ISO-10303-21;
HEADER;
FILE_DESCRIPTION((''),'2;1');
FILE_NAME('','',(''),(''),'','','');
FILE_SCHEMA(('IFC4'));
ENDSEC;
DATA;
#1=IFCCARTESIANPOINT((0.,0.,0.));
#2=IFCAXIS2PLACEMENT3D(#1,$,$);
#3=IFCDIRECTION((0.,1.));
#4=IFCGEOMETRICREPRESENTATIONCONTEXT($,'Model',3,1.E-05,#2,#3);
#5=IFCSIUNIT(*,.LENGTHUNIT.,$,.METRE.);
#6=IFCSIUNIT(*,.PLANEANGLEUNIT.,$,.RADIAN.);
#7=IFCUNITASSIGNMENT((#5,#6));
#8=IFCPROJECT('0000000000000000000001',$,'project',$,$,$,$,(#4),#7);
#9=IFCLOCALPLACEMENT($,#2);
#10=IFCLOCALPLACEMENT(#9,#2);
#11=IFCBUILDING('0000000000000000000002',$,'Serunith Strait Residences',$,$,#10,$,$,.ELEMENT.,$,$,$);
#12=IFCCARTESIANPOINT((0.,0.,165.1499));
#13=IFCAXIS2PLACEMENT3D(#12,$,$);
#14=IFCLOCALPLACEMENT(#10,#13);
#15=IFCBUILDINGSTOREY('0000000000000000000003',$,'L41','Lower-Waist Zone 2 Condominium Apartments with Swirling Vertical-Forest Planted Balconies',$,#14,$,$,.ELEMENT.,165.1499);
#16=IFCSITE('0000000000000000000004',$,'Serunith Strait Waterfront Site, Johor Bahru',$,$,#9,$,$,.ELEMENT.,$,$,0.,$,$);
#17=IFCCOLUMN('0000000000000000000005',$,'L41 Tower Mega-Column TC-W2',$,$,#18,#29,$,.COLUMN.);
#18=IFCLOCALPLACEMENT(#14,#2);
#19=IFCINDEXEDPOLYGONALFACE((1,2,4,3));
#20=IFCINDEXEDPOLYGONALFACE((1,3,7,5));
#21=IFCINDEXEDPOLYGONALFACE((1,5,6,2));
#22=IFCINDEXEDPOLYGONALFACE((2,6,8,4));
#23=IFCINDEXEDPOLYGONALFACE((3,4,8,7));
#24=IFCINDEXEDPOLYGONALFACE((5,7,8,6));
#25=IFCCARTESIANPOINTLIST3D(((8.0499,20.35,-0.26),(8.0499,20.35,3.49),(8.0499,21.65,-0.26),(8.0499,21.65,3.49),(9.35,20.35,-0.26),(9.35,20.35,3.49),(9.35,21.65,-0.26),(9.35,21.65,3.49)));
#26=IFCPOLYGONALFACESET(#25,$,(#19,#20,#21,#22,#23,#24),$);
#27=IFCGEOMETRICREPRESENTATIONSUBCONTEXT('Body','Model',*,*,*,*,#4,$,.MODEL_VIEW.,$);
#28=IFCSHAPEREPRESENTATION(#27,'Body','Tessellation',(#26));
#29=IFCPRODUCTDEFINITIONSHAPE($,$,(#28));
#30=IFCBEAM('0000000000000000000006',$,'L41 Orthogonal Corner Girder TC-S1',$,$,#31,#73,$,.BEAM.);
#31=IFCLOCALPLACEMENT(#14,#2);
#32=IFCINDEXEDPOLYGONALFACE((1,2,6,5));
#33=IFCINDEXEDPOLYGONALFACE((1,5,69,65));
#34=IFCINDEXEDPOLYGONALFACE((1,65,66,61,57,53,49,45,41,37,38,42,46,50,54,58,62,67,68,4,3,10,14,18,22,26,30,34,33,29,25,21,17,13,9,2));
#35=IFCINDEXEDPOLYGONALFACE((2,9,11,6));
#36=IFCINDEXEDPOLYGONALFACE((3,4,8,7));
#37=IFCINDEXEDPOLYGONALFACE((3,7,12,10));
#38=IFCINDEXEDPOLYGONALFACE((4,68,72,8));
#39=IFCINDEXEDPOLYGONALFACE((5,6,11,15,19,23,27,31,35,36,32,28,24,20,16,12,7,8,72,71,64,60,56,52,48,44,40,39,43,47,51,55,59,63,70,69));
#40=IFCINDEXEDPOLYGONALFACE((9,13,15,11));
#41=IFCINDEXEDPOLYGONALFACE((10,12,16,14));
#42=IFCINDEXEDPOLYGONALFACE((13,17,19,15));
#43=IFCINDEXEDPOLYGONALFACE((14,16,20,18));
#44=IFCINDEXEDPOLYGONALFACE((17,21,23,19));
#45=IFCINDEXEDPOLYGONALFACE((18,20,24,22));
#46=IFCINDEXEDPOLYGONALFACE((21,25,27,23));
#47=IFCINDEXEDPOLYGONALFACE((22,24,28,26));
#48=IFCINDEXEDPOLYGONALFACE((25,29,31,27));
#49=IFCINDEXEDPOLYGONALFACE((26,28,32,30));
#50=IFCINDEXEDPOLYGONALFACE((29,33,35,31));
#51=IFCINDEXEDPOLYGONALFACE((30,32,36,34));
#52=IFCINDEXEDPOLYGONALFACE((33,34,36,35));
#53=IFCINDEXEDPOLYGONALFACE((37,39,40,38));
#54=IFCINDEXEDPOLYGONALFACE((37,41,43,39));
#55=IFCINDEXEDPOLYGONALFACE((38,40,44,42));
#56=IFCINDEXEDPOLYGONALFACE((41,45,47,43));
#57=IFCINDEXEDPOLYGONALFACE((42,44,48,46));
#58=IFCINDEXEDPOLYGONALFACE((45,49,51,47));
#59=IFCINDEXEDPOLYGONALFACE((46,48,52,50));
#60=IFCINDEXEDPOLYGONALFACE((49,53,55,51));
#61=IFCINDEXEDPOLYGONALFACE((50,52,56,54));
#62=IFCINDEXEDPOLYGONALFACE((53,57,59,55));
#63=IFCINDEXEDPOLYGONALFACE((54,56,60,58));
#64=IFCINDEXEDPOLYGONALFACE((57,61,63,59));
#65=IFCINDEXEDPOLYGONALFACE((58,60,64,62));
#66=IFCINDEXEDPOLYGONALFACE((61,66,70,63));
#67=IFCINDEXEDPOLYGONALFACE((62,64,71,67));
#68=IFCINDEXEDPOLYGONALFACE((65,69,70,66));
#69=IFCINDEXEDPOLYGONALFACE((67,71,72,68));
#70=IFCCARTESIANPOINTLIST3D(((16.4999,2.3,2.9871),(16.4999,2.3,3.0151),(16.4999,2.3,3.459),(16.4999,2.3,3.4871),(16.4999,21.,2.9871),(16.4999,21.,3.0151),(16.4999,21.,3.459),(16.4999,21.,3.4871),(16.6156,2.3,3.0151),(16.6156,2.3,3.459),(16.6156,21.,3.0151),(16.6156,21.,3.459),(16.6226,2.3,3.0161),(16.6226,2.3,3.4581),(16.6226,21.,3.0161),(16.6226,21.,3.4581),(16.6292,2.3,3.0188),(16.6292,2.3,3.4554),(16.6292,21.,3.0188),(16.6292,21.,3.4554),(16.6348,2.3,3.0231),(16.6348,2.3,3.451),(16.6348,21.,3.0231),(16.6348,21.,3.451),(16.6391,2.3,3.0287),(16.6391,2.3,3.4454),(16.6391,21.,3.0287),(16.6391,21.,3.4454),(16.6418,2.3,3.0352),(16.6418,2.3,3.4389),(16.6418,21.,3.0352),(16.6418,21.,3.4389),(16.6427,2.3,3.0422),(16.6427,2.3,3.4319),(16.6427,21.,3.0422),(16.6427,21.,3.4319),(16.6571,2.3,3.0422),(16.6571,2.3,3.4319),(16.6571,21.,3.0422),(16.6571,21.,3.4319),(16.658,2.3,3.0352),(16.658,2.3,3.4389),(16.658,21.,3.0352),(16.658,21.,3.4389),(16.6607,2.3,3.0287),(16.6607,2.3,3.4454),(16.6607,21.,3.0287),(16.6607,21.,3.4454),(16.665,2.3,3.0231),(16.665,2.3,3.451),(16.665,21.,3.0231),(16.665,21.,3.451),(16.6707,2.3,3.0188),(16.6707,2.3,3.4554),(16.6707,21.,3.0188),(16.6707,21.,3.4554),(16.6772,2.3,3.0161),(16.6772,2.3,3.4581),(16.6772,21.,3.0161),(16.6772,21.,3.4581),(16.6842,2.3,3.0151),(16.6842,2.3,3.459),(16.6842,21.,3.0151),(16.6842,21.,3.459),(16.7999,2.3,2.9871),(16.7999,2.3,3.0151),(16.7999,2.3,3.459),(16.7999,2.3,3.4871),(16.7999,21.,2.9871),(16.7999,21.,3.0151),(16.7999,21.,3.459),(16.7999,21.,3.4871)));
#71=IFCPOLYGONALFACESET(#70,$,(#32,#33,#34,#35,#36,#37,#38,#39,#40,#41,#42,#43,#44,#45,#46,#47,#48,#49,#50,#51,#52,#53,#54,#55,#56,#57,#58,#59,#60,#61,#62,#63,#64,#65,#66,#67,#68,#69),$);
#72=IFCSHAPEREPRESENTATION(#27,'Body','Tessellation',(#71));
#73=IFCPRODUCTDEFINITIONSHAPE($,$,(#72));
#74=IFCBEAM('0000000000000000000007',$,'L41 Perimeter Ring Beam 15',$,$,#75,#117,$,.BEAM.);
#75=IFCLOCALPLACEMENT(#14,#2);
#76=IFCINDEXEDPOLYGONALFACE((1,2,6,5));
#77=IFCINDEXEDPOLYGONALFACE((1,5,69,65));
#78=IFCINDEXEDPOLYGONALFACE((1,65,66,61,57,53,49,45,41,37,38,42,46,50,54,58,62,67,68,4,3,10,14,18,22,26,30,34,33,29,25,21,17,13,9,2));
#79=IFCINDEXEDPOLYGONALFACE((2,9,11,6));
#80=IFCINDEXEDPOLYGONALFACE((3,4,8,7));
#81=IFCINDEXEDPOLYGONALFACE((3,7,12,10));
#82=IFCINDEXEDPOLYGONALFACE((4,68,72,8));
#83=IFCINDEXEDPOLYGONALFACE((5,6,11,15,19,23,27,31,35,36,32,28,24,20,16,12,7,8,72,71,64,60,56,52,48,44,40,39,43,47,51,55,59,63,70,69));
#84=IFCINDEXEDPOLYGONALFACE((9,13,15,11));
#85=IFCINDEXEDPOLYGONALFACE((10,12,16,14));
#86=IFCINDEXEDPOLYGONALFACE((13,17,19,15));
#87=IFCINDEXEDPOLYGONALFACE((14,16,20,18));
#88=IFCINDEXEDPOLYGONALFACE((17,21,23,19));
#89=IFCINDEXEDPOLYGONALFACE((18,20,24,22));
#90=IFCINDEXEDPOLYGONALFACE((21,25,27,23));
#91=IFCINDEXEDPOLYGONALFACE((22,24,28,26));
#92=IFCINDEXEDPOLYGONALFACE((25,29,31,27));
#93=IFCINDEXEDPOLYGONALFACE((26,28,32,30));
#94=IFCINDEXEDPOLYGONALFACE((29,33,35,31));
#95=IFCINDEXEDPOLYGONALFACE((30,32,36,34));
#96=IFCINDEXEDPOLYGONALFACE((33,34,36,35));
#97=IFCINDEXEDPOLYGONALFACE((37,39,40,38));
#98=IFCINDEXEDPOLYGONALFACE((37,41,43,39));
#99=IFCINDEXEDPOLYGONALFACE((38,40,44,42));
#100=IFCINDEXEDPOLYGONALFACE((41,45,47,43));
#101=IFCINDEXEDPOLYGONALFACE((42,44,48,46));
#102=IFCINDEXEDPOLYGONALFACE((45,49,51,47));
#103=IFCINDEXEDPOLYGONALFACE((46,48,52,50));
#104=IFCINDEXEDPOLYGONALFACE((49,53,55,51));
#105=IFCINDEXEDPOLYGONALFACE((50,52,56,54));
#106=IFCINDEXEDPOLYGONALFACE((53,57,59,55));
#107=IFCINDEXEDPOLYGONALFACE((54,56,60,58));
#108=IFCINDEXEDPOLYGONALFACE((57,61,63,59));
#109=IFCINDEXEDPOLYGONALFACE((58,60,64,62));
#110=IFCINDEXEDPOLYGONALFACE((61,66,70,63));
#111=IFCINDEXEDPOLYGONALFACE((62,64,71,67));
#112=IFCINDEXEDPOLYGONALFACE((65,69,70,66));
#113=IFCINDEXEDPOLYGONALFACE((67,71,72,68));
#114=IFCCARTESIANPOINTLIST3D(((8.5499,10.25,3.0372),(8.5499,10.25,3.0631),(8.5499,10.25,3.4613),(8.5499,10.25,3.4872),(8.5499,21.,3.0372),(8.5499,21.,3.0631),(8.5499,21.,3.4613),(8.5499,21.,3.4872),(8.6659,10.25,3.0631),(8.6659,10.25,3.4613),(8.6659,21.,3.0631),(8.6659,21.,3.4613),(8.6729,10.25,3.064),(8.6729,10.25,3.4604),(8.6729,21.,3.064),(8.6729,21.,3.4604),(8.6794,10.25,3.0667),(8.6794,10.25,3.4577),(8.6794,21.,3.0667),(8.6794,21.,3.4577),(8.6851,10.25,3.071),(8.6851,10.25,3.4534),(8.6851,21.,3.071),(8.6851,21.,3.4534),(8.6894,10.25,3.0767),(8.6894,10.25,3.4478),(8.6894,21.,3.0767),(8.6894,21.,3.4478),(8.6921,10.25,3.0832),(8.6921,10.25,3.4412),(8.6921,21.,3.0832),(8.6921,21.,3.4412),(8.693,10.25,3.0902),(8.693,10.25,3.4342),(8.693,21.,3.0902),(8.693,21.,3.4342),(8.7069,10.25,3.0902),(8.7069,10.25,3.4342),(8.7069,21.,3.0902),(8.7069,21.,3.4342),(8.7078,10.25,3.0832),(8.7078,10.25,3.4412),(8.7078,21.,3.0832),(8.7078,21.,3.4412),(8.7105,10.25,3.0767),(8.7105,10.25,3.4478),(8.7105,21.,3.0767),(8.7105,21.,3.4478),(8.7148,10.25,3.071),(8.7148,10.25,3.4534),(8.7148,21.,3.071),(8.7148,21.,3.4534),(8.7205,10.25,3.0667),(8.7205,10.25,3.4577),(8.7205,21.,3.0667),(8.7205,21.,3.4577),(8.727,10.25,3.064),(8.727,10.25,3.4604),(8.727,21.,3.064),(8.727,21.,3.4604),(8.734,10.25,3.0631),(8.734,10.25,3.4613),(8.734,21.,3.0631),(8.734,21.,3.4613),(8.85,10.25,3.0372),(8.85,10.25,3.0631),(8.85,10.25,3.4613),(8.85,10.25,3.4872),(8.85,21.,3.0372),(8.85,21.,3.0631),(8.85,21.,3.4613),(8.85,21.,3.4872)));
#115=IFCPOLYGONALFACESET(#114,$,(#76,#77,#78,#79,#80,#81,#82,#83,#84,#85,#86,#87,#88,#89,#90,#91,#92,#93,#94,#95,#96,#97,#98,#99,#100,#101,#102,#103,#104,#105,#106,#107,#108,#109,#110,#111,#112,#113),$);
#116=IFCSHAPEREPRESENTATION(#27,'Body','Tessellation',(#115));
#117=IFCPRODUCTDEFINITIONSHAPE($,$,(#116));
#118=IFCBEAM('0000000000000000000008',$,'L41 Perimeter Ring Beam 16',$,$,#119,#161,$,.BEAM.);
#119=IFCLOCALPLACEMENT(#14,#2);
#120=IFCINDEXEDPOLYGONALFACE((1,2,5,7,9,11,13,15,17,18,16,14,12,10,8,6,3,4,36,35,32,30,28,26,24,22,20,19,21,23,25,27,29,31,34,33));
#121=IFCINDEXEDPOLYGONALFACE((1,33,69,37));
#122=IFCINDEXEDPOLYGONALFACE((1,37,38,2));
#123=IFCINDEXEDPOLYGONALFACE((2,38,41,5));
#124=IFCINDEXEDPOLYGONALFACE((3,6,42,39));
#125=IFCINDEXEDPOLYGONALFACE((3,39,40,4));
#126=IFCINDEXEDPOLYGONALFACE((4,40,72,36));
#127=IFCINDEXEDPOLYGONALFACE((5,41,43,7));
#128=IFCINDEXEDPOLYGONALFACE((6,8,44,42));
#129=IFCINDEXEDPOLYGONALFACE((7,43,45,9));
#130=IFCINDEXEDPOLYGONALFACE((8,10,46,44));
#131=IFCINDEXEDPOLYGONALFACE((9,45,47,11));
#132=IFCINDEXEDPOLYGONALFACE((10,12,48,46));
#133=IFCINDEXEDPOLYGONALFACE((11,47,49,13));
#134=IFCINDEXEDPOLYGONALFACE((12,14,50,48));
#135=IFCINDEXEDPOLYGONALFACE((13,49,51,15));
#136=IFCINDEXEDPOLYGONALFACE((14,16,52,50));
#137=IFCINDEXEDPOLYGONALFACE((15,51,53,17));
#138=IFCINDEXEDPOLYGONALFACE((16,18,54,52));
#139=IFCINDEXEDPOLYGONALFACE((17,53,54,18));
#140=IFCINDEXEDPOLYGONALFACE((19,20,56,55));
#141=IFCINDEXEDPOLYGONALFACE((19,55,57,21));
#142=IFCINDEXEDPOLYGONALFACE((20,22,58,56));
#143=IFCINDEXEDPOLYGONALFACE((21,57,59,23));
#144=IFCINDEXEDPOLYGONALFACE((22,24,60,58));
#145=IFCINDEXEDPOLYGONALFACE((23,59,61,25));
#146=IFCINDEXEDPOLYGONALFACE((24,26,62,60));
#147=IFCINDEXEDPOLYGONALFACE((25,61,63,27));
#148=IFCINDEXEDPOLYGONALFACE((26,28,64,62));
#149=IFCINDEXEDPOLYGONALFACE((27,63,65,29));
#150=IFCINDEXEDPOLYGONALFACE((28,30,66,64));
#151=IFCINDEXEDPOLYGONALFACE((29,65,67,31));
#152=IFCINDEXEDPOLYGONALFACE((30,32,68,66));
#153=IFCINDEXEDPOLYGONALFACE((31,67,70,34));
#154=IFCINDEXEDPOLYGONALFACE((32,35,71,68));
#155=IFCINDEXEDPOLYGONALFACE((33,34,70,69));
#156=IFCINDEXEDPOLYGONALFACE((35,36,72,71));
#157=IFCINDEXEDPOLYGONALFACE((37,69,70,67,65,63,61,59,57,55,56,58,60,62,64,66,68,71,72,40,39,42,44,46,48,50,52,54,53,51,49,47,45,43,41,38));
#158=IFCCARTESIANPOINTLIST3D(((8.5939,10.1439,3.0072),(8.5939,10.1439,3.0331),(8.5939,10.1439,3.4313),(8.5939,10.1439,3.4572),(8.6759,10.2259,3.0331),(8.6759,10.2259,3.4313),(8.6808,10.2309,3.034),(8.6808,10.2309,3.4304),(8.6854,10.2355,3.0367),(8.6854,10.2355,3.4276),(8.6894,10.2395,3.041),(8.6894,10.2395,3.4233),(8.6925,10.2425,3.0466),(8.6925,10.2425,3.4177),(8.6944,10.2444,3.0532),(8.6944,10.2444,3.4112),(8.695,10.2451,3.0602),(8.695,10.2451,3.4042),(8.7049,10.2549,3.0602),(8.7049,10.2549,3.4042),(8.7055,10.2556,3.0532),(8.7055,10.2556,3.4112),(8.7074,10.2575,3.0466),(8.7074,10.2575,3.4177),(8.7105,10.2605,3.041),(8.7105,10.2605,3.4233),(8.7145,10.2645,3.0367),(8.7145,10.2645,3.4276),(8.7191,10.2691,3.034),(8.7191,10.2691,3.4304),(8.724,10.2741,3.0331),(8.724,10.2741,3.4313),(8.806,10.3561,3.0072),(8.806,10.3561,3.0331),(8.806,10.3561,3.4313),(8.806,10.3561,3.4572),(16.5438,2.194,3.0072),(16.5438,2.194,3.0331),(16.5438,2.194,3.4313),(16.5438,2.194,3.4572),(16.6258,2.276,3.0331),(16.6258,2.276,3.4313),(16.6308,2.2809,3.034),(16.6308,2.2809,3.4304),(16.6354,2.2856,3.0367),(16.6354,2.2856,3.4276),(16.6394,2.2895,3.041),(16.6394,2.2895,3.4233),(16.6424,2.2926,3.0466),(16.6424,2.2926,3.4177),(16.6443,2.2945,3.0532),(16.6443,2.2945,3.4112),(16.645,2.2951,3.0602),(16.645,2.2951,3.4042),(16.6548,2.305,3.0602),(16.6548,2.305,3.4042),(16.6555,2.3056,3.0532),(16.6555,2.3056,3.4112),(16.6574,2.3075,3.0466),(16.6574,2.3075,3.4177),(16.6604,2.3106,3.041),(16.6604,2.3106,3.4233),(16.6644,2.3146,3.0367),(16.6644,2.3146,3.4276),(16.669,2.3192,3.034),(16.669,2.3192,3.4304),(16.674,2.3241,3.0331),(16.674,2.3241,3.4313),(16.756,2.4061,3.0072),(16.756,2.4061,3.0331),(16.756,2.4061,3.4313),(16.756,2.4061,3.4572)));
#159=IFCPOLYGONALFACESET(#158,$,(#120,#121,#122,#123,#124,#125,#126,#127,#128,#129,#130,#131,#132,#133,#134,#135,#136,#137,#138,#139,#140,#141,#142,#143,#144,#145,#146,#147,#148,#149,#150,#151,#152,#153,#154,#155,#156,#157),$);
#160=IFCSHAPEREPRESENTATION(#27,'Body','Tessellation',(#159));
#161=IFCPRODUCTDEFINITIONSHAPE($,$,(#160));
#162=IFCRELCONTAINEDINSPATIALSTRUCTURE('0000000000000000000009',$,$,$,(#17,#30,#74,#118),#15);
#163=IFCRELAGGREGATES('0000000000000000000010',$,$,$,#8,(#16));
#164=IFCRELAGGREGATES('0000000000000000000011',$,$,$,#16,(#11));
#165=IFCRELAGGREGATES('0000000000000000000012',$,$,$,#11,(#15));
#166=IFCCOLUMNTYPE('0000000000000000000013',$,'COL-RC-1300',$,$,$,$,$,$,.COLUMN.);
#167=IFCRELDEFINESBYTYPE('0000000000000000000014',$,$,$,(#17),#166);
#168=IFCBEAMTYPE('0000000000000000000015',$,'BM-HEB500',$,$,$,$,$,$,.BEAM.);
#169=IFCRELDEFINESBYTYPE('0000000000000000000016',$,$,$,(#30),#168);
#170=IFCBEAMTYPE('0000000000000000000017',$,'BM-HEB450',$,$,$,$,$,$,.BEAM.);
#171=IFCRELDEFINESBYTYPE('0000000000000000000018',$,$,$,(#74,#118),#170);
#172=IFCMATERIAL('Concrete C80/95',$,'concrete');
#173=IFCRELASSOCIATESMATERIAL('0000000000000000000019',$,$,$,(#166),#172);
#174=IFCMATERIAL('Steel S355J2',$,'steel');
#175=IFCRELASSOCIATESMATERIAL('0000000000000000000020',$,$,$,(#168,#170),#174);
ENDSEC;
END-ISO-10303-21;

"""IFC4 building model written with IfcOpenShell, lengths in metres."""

from ifc_helpers import new_model, si_unit, direction, frame, origin, origin_2d, place, context, subcontext, project, spatial, rectangle, i_section, extrude, source, transform, mapped, material, material_profile, profile_set, type_object, element, save


model = new_model("IFC4")

# Units and contexts
model_context = context("Model", 3, precision=1e-05, world=origin(), true_north=direction((0.0, 1.0)))
body_context = subcontext(model_context, "Body", "Model", "MODEL_VIEW")
ifc_project = project(units=[si_unit("LENGTHUNIT", "METRE"), si_unit("PLANEANGLEUNIT", "RADIAN")], contexts=[model_context])

# Site, building, storey
site_placement = place(None, origin())
site = spatial("IfcSite", under=ifc_project, at=site_placement, Name="Serunith Strait Waterfront Site, Johor Bahru", CompositionType="ELEMENT", RefElevation=0.0)
building_placement = place(site_placement, origin())
building = spatial("IfcBuilding", under=site, at=building_placement, Name="Serunith Strait Residences", CompositionType="ELEMENT")
storey_placement = place(building_placement, frame((0.0, 0.0, 165.1499)))
storey = spatial("IfcBuildingStorey", under=building, at=storey_placement, Name="L41", Description="Lower-Waist Zone 2 Condominium Apartments with Swirling Vertical-Forest Planted Balconies", CompositionType="ELEMENT", Elevation=165.1499)

# Column
ifc_material_1 = material(Name="Concrete C80/95", Category="concrete")
ifc_material_profile_1 = material_profile(ifc_material_1, rectangle(XDim=1.3, YDim=1.3, at=origin_2d()), Name="RC 1300x1300")
ifc_profile_set_1 = profile_set([ifc_material_profile_1], Name="Concrete C80/95")
column_type = type_object("IfcColumnType", Name="COL-RC-1300", PredefinedType="COLUMN", material=ifc_profile_set_1)
shared_shape_1 = source(origin(), body_context, "Body", "SweptSolid", [
    extrude(rectangle(XDim=1.3, YDim=1.3, at=origin_2d()), origin(), (0.0, 0.0, 1.0), 3.75),
])
column_placement = place(storey_placement, frame((8.7, 21.0, -0.26), z_axis=(0.0, 0.0, 1.0), x_axis=(1.0, 0.0, 0.0)))
element("IfcColumn", 1, at=column_placement, inside=storey, type_object=column_type, Name="L41 Tower Mega-Column TC-W2", PredefinedType="COLUMN", context=body_context, shape_type="MappedRepresentation", body=[
    mapped(shared_shape_1, transform((0.0, 0.0, 0.0), scale=1.0)),
])

# Beams
ifc_material_2 = material(Name="Steel S355J2", Category="steel")
ifc_material_profile_2 = material_profile(ifc_material_2, i_section(OverallWidth=0.3, OverallDepth=0.5, WebThickness=0.0144, FlangeThickness=0.0281, FilletRadius=0.0271, at=origin_2d()), Name="HEB 500")
ifc_profile_set_2 = profile_set([ifc_material_profile_2], Name="Steel S355J2")
beam_type_1 = type_object("IfcBeamType", Name="BM-HEB500", PredefinedType="BEAM", material=ifc_profile_set_2)
shared_shape_2 = source(origin(), body_context, "Body", "SweptSolid", [
    extrude(i_section(OverallWidth=0.3, OverallDepth=0.5, WebThickness=0.0144, FlangeThickness=0.0281, FilletRadius=0.0271, at=origin_2d()), origin(), (0.0, 0.0, 1.0), 18.7),
])
beam_1_placement = place(storey_placement, frame((16.6499, 21.0, 3.2371), z_axis=(0.0, -1.0, 0.0), x_axis=(1.0, 0.0, 0.0)))
element("IfcBeam", 2, at=beam_1_placement, inside=storey, type_object=beam_type_1, Name="L41 Orthogonal Corner Girder TC-S1", PredefinedType="BEAM", context=body_context, shape_type="MappedRepresentation", body=[
    mapped(shared_shape_2, transform((0.0, 0.0, 0.0), scale=1.0)),
])
ifc_material_profile_3 = material_profile(ifc_material_2, i_section(OverallWidth=0.3, OverallDepth=0.45, WebThickness=0.0139, FlangeThickness=0.0259, FilletRadius=0.0271, at=origin_2d()), Name="HEB 450")
ifc_profile_set_3 = profile_set([ifc_material_profile_3], Name="Steel S355J2")
beam_type_2 = type_object("IfcBeamType", Name="BM-HEB450", PredefinedType="BEAM", material=ifc_profile_set_3)
shared_shape_3 = source(origin(), body_context, "Body", "SweptSolid", [
    extrude(i_section(OverallWidth=0.3, OverallDepth=0.45, WebThickness=0.0139, FlangeThickness=0.0259, FilletRadius=0.0271, at=origin_2d()), origin(), (0.0, 0.0, 1.0), 10.75),
])
beam_2_placement = place(storey_placement, frame((8.7, 21.0, 3.2622), z_axis=(0.0, -1.0, 0.0), x_axis=(1.0, 0.0, 0.0)))
element("IfcBeam", 3, at=beam_2_placement, inside=storey, type_object=beam_type_2, Name="L41 Perimeter Ring Beam 15", PredefinedType="BEAM", context=body_context, shape_type="MappedRepresentation", body=[
    mapped(shared_shape_3, transform((0.0, 0.0, 0.0), scale=1.0)),
])
shared_shape_4 = source(origin(), body_context, "Body", "SweptSolid", [
    extrude(i_section(OverallWidth=0.3, OverallDepth=0.45, WebThickness=0.0139, FlangeThickness=0.0259, FilletRadius=0.0271, at=origin_2d()), origin(), (0.0, 0.0, 1.0), 11.2429),
])
beam_3_placement = place(storey_placement, frame((8.7, 10.25, 3.2322), z_axis=(0.707107, -0.707107, 0.0), x_axis=(0.707107, 0.707107, 0.0)))
element("IfcBeam", 4, at=beam_3_placement, inside=storey, type_object=beam_type_2, Name="L41 Perimeter Ring Beam 16", PredefinedType="BEAM", context=body_context, shape_type="MappedRepresentation", body=[
    mapped(shared_shape_4, transform((0.0, 0.0, 0.0), scale=1.0)),
])

save(model, "model.ifc")
